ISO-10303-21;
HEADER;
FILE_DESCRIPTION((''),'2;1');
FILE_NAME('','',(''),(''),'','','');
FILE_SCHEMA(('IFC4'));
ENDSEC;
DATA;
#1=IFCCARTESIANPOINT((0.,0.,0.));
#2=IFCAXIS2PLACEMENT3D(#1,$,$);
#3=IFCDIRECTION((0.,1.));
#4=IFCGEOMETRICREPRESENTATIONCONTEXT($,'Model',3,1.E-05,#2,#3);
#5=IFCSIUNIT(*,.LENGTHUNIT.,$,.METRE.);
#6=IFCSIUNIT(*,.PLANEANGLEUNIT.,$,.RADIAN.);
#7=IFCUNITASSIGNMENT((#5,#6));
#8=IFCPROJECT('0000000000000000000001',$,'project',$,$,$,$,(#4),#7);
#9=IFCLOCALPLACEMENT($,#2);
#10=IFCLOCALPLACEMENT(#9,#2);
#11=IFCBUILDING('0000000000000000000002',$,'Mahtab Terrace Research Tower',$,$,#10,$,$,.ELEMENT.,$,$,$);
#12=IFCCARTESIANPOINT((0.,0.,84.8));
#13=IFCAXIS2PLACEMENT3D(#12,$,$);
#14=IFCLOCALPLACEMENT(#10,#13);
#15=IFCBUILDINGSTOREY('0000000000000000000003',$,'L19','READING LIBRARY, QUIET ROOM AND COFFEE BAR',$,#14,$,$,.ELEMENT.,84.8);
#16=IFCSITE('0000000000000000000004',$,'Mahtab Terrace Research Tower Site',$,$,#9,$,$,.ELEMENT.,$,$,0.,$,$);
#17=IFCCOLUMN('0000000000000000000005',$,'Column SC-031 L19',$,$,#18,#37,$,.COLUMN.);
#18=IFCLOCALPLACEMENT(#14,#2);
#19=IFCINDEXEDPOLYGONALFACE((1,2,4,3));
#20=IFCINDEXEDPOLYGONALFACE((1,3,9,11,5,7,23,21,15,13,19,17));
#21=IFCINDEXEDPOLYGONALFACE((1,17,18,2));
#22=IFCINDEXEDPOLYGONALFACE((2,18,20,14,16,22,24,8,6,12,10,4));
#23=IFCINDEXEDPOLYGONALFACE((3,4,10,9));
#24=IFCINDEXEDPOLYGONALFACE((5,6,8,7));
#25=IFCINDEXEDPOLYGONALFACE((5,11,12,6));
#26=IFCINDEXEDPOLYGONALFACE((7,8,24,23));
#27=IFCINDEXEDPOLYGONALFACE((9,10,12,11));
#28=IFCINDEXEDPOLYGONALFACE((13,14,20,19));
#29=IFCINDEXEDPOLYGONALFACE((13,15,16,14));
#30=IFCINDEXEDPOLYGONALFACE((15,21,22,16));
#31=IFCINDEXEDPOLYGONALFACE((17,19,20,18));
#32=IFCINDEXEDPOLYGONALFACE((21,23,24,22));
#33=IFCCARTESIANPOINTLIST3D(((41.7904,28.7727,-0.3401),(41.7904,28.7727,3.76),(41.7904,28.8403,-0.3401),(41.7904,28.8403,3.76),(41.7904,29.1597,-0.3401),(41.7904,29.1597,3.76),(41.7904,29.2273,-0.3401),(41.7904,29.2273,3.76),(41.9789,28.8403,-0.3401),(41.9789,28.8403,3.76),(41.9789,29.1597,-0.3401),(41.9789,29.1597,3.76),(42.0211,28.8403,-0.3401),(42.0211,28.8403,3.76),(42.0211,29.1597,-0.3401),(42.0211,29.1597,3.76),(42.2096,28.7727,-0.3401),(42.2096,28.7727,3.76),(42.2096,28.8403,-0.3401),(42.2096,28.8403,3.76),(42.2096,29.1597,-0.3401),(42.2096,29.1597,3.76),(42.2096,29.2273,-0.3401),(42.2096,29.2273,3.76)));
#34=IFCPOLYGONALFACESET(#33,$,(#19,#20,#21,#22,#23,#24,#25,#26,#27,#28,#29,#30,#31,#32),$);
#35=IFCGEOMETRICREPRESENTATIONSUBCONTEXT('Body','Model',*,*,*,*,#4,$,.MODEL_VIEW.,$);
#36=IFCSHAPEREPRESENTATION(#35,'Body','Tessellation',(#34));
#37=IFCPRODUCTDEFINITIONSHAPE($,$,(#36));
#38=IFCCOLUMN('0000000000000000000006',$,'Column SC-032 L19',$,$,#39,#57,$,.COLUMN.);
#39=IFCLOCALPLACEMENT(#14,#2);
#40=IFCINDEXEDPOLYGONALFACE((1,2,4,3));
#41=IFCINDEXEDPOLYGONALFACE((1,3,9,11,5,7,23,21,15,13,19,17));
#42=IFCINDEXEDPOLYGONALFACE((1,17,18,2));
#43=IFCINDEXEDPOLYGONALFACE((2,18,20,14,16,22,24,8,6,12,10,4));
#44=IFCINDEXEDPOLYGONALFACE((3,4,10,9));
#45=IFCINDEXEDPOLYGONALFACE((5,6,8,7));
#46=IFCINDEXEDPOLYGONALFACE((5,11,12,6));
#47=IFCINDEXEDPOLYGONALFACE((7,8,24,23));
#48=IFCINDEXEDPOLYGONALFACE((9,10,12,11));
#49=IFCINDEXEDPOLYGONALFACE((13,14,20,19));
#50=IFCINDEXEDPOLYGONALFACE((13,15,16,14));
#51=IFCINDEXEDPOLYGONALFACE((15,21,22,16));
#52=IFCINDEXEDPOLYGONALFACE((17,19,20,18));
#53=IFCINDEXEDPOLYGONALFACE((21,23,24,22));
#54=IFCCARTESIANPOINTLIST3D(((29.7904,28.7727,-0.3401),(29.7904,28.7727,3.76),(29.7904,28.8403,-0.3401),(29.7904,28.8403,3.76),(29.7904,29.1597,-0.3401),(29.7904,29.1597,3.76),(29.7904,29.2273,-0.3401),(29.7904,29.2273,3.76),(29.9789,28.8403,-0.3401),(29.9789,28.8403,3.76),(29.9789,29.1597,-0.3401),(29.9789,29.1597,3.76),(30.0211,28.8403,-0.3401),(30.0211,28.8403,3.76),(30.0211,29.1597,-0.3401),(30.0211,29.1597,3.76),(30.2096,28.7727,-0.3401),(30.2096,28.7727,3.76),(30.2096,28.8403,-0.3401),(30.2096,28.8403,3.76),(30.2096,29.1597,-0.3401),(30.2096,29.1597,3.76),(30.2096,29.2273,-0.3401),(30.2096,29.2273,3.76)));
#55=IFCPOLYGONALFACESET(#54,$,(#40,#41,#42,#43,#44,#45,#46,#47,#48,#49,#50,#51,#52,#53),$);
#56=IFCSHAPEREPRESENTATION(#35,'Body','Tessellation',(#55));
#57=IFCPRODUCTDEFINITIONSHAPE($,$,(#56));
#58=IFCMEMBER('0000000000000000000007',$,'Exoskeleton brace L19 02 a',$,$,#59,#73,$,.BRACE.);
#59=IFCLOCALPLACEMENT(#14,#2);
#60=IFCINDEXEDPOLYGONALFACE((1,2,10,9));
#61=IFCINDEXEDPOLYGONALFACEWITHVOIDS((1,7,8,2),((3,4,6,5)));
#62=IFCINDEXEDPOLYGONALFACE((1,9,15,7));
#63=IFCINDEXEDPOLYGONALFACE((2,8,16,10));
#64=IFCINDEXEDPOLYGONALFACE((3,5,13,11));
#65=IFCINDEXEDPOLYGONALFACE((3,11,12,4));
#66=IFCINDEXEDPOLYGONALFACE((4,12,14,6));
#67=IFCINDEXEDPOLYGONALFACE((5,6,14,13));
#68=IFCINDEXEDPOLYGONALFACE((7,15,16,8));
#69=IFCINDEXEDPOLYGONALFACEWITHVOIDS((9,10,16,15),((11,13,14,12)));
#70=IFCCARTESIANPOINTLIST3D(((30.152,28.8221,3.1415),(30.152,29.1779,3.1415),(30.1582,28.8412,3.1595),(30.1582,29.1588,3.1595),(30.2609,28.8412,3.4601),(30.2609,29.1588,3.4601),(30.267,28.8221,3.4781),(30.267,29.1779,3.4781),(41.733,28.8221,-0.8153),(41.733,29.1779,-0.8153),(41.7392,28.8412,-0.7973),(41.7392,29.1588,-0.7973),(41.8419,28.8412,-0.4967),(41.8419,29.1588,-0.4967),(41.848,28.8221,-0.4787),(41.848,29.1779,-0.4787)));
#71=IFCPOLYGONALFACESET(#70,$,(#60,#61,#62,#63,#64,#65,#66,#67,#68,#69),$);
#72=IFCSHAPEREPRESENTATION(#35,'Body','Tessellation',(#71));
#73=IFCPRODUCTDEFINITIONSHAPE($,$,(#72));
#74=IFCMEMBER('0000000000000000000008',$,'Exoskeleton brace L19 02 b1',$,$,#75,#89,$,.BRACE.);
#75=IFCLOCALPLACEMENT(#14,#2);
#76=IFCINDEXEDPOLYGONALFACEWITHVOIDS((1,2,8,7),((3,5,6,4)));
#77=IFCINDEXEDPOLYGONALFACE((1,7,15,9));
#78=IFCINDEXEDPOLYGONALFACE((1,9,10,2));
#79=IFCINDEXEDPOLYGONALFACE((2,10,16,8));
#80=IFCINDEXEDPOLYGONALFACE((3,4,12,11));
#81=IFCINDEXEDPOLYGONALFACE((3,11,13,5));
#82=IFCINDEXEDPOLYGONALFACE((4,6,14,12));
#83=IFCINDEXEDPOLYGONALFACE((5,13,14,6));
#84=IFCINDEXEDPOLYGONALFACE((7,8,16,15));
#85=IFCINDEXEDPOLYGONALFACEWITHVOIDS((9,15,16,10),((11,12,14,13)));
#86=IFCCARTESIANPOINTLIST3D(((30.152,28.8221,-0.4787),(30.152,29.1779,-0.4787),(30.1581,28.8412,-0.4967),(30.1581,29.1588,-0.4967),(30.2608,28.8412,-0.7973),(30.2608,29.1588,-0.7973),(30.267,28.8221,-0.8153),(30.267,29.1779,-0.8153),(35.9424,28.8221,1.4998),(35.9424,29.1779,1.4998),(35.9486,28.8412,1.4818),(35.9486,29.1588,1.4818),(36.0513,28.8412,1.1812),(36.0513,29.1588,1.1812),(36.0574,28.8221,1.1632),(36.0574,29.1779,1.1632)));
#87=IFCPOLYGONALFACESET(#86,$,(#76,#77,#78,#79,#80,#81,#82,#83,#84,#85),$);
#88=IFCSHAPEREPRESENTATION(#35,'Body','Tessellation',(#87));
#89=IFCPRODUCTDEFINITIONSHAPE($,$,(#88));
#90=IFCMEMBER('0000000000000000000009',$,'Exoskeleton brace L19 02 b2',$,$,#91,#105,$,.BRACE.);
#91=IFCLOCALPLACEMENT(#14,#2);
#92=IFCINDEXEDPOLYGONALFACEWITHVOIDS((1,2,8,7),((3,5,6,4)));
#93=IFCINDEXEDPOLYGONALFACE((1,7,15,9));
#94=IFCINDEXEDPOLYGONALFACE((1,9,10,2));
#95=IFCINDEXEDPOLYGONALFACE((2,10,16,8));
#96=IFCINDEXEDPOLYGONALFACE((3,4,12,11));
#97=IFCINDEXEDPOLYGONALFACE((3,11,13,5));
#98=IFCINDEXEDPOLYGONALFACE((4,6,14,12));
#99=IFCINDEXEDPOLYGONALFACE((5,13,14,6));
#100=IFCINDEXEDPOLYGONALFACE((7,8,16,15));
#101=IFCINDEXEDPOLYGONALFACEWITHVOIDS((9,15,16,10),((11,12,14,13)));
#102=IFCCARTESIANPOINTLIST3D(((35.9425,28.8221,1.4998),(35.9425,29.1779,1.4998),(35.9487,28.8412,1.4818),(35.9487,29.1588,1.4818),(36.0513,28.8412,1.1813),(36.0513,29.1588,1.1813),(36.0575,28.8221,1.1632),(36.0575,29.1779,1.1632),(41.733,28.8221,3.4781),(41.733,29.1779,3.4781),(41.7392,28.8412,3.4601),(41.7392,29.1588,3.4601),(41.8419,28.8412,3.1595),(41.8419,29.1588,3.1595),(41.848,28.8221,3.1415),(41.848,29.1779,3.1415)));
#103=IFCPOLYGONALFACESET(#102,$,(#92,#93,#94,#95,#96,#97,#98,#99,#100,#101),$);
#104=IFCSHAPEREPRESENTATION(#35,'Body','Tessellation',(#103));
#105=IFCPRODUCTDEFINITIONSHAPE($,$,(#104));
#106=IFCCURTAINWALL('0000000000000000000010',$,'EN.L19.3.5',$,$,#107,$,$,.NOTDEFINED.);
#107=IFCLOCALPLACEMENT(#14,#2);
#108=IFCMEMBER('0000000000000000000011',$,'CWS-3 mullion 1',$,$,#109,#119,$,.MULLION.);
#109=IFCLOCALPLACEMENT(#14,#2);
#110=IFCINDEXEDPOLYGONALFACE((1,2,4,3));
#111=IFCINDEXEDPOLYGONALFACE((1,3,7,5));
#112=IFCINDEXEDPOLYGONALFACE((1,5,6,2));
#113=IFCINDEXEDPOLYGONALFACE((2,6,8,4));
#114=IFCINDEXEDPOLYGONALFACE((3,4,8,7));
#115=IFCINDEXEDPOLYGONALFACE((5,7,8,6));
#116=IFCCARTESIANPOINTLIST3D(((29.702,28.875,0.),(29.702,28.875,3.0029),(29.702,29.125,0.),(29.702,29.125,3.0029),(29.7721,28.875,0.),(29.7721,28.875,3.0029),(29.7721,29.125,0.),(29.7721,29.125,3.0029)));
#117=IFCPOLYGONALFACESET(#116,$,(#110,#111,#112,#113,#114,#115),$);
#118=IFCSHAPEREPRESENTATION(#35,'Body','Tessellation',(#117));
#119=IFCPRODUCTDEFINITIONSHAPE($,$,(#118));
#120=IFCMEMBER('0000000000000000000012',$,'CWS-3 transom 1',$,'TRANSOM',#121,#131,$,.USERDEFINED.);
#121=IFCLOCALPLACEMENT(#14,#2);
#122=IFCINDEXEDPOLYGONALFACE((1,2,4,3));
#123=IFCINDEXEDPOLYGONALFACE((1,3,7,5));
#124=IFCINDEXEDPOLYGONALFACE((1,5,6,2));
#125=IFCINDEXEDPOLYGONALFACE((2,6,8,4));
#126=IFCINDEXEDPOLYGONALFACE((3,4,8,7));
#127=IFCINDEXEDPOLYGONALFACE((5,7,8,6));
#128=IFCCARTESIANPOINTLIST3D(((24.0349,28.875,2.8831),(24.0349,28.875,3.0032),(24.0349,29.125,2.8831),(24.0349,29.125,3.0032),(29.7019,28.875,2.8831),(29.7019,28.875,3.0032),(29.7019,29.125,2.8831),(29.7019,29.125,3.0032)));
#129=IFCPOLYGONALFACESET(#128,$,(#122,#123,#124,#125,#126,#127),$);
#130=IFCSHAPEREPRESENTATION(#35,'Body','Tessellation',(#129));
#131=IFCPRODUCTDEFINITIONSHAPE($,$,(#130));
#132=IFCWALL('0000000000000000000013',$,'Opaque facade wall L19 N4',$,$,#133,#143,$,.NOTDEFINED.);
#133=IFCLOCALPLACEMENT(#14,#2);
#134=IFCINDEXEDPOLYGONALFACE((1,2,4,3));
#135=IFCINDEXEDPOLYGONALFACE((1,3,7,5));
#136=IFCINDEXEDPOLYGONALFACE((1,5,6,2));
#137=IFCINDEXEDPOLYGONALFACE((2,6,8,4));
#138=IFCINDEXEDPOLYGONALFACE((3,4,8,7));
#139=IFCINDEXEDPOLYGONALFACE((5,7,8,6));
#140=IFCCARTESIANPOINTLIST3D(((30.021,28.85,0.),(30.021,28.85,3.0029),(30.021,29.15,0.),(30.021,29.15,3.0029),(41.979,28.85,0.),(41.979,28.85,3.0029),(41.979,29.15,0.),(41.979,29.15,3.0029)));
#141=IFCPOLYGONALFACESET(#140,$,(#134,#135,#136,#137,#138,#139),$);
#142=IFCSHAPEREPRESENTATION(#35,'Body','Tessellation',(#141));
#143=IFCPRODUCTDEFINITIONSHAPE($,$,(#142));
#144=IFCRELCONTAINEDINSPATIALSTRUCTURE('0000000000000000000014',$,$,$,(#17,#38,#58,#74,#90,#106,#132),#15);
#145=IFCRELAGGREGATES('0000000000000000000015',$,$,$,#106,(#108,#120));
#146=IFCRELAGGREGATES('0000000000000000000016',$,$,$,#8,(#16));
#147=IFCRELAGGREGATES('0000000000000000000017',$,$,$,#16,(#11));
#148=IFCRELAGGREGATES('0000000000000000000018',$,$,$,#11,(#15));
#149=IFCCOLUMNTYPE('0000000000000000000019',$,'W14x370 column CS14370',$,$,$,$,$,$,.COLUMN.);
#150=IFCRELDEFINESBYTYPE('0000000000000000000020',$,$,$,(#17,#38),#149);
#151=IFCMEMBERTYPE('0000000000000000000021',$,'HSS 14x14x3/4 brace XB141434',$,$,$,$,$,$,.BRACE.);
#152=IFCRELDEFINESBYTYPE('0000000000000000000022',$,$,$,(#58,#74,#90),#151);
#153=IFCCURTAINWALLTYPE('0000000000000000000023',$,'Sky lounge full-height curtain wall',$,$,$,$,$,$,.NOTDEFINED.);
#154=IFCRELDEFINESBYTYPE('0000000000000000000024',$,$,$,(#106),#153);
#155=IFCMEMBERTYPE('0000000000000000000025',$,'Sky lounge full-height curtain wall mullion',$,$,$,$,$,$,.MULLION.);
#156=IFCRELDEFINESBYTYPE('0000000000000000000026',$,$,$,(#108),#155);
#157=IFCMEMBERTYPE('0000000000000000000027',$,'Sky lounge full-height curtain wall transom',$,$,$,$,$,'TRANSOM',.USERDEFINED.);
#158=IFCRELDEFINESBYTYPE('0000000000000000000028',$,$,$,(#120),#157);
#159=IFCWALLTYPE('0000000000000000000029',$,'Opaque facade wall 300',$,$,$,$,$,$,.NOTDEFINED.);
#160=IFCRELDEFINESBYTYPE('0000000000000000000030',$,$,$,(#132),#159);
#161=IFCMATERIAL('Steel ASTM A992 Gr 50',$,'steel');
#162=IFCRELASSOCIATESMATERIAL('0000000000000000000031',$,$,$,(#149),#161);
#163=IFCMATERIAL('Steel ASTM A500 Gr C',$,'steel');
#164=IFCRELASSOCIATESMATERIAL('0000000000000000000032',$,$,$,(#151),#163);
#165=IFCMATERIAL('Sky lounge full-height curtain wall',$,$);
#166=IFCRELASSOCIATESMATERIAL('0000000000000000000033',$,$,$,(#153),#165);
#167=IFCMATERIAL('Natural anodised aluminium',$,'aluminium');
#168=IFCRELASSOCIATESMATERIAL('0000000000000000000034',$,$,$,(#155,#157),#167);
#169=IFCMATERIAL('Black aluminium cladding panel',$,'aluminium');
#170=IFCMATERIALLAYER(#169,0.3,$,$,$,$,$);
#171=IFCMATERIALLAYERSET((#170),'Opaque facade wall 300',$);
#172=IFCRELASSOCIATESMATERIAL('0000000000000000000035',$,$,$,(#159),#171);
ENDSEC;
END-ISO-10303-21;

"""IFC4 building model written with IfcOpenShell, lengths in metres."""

from ifc_helpers import new_model, si_unit, direction, frame, frame_2d, origin, origin_2d, place, context, subcontext, project, spatial, rectangle, hollow_rectangle, i_section, extrude, material, layer, layer_set, material_profile, profile_set, type_object, element, aggregate, save


model = new_model("IFC4")

# Units and contexts
model_context = context("Model", 3, precision=1e-05, world=origin(), true_north=direction((0.0, 1.0)))
body_context = subcontext(model_context, "Body", "Model", "MODEL_VIEW")
ifc_project = project(units=[si_unit("LENGTHUNIT", "METRE"), si_unit("PLANEANGLEUNIT", "RADIAN")], contexts=[model_context])

# Site, building, storey
site_placement = place(None, origin())
site = spatial("IfcSite", under=ifc_project, at=site_placement, Name="Mahtab Terrace Research Tower Site", CompositionType="ELEMENT", RefElevation=0.0)
building_placement = place(site_placement, origin())
building = spatial("IfcBuilding", under=site, at=building_placement, Name="Mahtab Terrace Research Tower", CompositionType="ELEMENT")
storey_placement = place(building_placement, frame((0.0, 0.0, 84.8)))
storey = spatial("IfcBuildingStorey", under=building, at=storey_placement, Name="L19", Description="READING LIBRARY, QUIET ROOM AND COFFEE BAR", CompositionType="ELEMENT", Elevation=84.8)

# Columns
ifc_material_1 = material(Name="Steel ASTM A992 Gr 50", Category="steel")
ifc_material_profile_1 = material_profile(ifc_material_1, i_section(OverallWidth=0.4192, OverallDepth=0.4546, WebThickness=0.0422, FlangeThickness=0.0676, at=origin_2d()), Name="W14X370")
ifc_profile_set_1 = profile_set([ifc_material_profile_1], Name="Steel ASTM A992 Gr 50")
column_type = type_object("IfcColumnType", Name="W14x370 column CS14370", PredefinedType="COLUMN", material=ifc_profile_set_1)
for number, where, z_axis, x_axis, name in (
    (1, (42.0, 29.0, -0.3401), (0.0, 0.0, 1.0), (1.0, 0.0, 0.0), "Column SC-031 L19"),
    (2, (30.0, 29.0, -0.3401), (0.0, 0.0, 1.0), (1.0, 0.0, 0.0), "Column SC-032 L19"),
):
    element("IfcColumn", number, at=place(storey_placement, frame(where, z_axis=z_axis, x_axis=x_axis)), inside=storey, type_object=column_type, Name=name, PredefinedType="COLUMN", context=body_context, shape_type="SweptSolid", body=[
        extrude(i_section(OverallWidth=0.4192, OverallDepth=0.4546, WebThickness=0.0422, FlangeThickness=0.0676, at=origin_2d()), origin(), (0.0, 0.0, 1.0), 4.1001),
    ])

# Members
ifc_material_2 = material(Name="Steel ASTM A500 Gr C", Category="steel")
ifc_material_profile_2 = material_profile(ifc_material_2, hollow_rectangle(XDim=0.3557, YDim=0.3557, WallThickness=0.019, at=origin_2d()), Name="HSS14X14X3/4")
ifc_profile_set_2 = profile_set([ifc_material_profile_2], Name="Steel ASTM A500 Gr C")
member_type_1 = type_object("IfcMemberType", Name="HSS 14x14x3/4 brace XB141434", PredefinedType="BRACE", material=ifc_profile_set_2)
member_1_placement = place(storey_placement, frame((41.7905, 29.0, -0.647), z_axis=(-0.946293, 0.0, 0.323311), x_axis=(0.0, -1.0, 0.0)))
element("IfcMember", 3, at=member_1_placement, inside=storey, type_object=member_type_1, Name="Exoskeleton brace L19 02 a", PredefinedType="BRACE", context=body_context, shape_type="SweptSolid", body=[
    extrude(hollow_rectangle(XDim=0.3557, YDim=0.3557, WallThickness=0.019, at=origin_2d()), origin(), (0.0, 0.0, 1.0), 12.2383),
])
for number, where, z_axis, x_axis, name in (
    (4, (30.2095, 29.0, -0.647), (0.946287, 0.0, 0.323329), (0.0, 1.0, 0.0), "Exoskeleton brace L19 02 b1"),
    (5, (36.0, 29.0, 1.3315), (0.946299, 0.0, 0.323293), (0.0, 1.0, 0.0), "Exoskeleton brace L19 02 b2"),
):
    element("IfcMember", number, at=place(storey_placement, frame(where, z_axis=z_axis, x_axis=x_axis)), inside=storey, type_object=member_type_1, Name=name, PredefinedType="BRACE", context=body_context, shape_type="SweptSolid", body=[
        extrude(hollow_rectangle(XDim=0.3557, YDim=0.3557, WallThickness=0.019, at=origin_2d()), origin(), (0.0, 0.0, 1.0), 6.1191),
    ])

# Curtain wall, members
ifc_material_3 = material(Name="Sky lounge full-height curtain wall")
curtain_wall_type = type_object("IfcCurtainWallType", Name="Sky lounge full-height curtain wall", PredefinedType="NOTDEFINED", material=ifc_material_3)
curtain_wall_placement = place(storey_placement, origin())
curtain_wall = element("IfcCurtainWall", 6, at=curtain_wall_placement, inside=storey, type_object=curtain_wall_type, Name="EN.L19.3.5", PredefinedType="NOTDEFINED")
ifc_material_4 = material(Name="Natural anodised aluminium", Category="aluminium")
ifc_material_profile_3 = material_profile(ifc_material_4, rectangle(XDim=0.25, YDim=0.0701, at=origin_2d()), Name="MULLION 70x250")
ifc_profile_set_3 = profile_set([ifc_material_profile_3], Name="Natural anodised aluminium")
member_type_2 = type_object("IfcMemberType", Name="Sky lounge full-height curtain wall mullion", PredefinedType="MULLION", material=ifc_profile_set_3)
member_2_placement = place(storey_placement, frame((29.7371, 29.0, 0.0), z_axis=(0.0, 0.0, 1.0), x_axis=(0.0, -1.0, 0.0)))
member_2 = element("IfcMember", 7, at=member_2_placement, type_object=member_type_2, Name="CWS-3 mullion 1", PredefinedType="MULLION", context=body_context, shape_type="SweptSolid", body=[
    extrude(rectangle(XDim=0.25, YDim=0.0701, at=origin_2d()), origin(), (0.0, 0.0, 1.0), 3.0029),
])
ifc_material_profile_4 = material_profile(ifc_material_4, rectangle(XDim=0.25, YDim=0.1201, at=origin_2d()), Name="TRANSOM 120x250")
ifc_profile_set_4 = profile_set([ifc_material_profile_4], Name="Natural anodised aluminium")
member_type_3 = type_object("IfcMemberType", Name="Sky lounge full-height curtain wall transom", ElementType="TRANSOM", PredefinedType="USERDEFINED", material=ifc_profile_set_4)
member_3_placement = place(storey_placement, frame((29.7019, 29.0, 2.9431), z_axis=(-1.0, 0.0, 0.0), x_axis=(0.0, -1.0, 0.0)))
member_3 = element("IfcMember", 8, at=member_3_placement, type_object=member_type_3, Name="CWS-3 transom 1", ObjectType="TRANSOM", PredefinedType="USERDEFINED", context=body_context, shape_type="SweptSolid", body=[
    extrude(rectangle(XDim=0.25, YDim=0.1201, at=origin_2d()), origin(), (0.0, 0.0, 1.0), 5.667),
])
aggregate(curtain_wall, [member_2, member_3])

# Wall
ifc_material_5 = material(Name="Black aluminium cladding panel", Category="aluminium")
ifc_layer_1 = layer(ifc_material_5, 0.3)
ifc_layer_set_1 = layer_set([ifc_layer_1], Name="Opaque facade wall 300")
wall_type_1 = type_object("IfcWallType", Name="Opaque facade wall 300", PredefinedType="NOTDEFINED", material=ifc_layer_set_1)
wall_1_placement = place(storey_placement, frame((41.979, 29.0, 0.0), z_axis=(0.0, 0.0, 1.0), x_axis=(-1.0, 0.0, 0.0)))
element("IfcWall", 9, at=wall_1_placement, inside=storey, type_object=wall_type_1, Name="Opaque facade wall L19 N4", PredefinedType="NOTDEFINED", context=body_context, shape_type="SweptSolid", body=[
    extrude(rectangle(XDim=11.958, YDim=0.3, at=frame_2d((5.979, 0.0))), origin(), (0.0, 0.0, 1.0), 3.0029),
])

save(model, "model.ifc")
